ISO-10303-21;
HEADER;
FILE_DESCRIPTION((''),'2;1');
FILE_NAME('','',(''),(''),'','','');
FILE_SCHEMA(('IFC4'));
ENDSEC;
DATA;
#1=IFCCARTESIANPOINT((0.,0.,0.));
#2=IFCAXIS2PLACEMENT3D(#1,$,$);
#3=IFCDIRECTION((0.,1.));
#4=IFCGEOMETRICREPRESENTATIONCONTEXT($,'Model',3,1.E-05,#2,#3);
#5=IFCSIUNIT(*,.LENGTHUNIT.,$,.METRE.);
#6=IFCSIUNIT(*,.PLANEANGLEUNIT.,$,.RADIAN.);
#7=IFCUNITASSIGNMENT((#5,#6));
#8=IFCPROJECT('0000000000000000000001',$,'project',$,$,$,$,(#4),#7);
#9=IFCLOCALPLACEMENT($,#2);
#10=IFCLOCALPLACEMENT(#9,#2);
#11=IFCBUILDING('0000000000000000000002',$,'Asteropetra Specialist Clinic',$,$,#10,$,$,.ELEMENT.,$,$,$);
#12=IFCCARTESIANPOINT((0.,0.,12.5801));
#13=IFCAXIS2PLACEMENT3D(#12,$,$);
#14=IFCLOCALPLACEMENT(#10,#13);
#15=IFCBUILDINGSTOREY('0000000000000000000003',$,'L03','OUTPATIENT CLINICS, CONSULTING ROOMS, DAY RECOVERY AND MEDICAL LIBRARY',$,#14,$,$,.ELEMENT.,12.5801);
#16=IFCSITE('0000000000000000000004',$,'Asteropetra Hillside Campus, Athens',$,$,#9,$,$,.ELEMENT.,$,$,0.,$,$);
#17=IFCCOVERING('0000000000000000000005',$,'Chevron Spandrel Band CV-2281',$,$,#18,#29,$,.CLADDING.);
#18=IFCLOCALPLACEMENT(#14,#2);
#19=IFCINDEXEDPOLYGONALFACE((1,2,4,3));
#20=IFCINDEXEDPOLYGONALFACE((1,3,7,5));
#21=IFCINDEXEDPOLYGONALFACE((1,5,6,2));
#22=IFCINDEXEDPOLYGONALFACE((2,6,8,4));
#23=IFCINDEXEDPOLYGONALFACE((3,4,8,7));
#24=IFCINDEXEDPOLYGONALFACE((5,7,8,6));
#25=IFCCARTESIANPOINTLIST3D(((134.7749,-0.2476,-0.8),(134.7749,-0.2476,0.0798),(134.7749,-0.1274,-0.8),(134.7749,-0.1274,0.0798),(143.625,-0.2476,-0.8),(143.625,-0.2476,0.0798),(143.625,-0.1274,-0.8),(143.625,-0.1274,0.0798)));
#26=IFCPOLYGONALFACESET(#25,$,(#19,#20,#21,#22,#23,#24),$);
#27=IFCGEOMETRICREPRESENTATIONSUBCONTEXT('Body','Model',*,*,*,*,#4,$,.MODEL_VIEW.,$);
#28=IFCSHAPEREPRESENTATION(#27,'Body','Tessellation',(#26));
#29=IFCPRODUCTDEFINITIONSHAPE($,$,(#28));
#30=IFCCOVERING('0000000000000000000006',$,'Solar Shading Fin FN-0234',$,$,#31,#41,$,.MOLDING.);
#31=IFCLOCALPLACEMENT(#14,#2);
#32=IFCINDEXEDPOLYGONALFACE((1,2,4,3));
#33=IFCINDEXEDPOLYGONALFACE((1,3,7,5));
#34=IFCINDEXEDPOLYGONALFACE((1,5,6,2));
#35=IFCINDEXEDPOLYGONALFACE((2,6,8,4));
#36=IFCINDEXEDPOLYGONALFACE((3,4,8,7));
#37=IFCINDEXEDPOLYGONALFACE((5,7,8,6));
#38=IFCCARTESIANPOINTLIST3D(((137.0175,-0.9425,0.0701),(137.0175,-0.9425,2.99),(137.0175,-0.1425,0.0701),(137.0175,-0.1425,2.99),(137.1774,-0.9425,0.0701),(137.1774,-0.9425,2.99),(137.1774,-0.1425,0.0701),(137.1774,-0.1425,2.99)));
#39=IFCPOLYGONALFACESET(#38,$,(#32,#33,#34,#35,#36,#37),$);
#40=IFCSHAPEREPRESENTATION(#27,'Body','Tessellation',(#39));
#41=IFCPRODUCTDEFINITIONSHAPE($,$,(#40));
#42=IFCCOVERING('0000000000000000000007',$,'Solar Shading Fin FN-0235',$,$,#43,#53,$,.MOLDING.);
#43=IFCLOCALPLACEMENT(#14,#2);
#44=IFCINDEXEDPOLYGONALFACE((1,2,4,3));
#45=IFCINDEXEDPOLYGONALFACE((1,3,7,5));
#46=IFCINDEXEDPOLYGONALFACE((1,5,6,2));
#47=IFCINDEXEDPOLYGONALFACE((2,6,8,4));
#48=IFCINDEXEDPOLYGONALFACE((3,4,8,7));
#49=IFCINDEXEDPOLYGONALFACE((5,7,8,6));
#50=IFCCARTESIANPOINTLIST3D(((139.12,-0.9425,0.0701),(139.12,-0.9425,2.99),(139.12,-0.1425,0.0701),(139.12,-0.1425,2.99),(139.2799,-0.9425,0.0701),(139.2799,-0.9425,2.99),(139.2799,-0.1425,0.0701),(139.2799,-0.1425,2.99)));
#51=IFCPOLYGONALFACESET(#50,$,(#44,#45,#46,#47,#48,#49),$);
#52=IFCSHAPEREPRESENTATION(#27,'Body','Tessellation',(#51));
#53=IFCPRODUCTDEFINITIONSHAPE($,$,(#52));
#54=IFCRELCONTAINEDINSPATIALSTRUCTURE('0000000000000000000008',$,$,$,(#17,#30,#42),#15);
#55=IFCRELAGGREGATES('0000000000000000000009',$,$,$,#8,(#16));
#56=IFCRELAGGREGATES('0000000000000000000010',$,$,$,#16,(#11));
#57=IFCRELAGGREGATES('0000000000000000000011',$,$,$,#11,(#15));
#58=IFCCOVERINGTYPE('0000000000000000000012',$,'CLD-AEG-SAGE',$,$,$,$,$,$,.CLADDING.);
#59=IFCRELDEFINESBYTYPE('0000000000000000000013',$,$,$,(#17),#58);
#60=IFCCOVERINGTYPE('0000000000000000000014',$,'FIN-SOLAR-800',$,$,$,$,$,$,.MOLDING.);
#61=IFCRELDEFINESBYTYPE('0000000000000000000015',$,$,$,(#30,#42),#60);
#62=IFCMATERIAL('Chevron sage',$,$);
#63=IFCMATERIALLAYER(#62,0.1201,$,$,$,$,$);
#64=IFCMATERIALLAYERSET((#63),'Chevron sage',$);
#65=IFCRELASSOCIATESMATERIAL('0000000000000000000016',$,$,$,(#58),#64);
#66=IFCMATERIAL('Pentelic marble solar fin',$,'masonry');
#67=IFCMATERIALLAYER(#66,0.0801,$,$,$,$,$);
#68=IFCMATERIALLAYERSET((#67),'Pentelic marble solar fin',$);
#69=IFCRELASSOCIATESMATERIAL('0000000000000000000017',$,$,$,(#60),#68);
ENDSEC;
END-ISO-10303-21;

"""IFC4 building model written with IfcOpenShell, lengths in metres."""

from ifc_helpers import new_model, si_unit, direction, frame, origin, origin_2d, place, context, subcontext, project, spatial, rectangle, extrude, material, layer, layer_set, type_object, element, save


model = new_model("IFC4")

# Units and contexts
model_context = context("Model", 3, precision=1e-05, world=origin(), true_north=direction((0.0, 1.0)))
body_context = subcontext(model_context, "Body", "Model", "MODEL_VIEW")
ifc_project = project(units=[si_unit("LENGTHUNIT", "METRE"), si_unit("PLANEANGLEUNIT", "RADIAN")], contexts=[model_context])

# Site, building, storey
site_placement = place(None, origin())
site = spatial("IfcSite", under=ifc_project, at=site_placement, Name="Asteropetra Hillside Campus, Athens", CompositionType="ELEMENT", RefElevation=0.0)
building_placement = place(site_placement, origin())
building = spatial("IfcBuilding", under=site, at=building_placement, Name="Asteropetra Specialist Clinic", CompositionType="ELEMENT")
storey_placement = place(building_placement, frame((0.0, 0.0, 12.5801)))
storey = spatial("IfcBuildingStorey", under=building, at=storey_placement, Name="L03", Description="OUTPATIENT CLINICS, CONSULTING ROOMS, DAY RECOVERY AND MEDICAL LIBRARY", CompositionType="ELEMENT", Elevation=12.5801)

# Coverings
ifc_material_1 = material(Name="Chevron sage")
ifc_layer_1 = layer(ifc_material_1, 0.1201)
ifc_layer_set_1 = layer_set([ifc_layer_1], Name="Chevron sage")
covering_type_1 = type_object("IfcCoveringType", Name="CLD-AEG-SAGE", PredefinedType="CLADDING", material=ifc_layer_set_1)
covering_placement = place(storey_placement, frame((139.2, -0.1875, -0.8), z_axis=(0.0, 0.0, 1.0), x_axis=(1.0, 0.0, 0.0)))
element("IfcCovering", 1, at=covering_placement, inside=storey, type_object=covering_type_1, Name="Chevron Spandrel Band CV-2281", PredefinedType="CLADDING", context=body_context, shape_type="SweptSolid", body=[
    extrude(rectangle(XDim=8.8501, YDim=0.1201, at=origin_2d()), origin(), (0.0, 0.0, 1.0), 0.8799),
])
ifc_material_2 = material(Name="Pentelic marble solar fin", Category="masonry")
ifc_layer_2 = layer(ifc_material_2, 0.0801)
ifc_layer_set_2 = layer_set([ifc_layer_2], Name="Pentelic marble solar fin")
covering_type_2 = type_object("IfcCoveringType", Name="FIN-SOLAR-800", PredefinedType="MOLDING", material=ifc_layer_set_2)
for number, where, z_axis, x_axis, name in (
    (2, (137.0974, -0.5425, 0.0701), (0.0, 0.0, 1.0), (1.0, 0.0, 0.0), "Solar Shading Fin FN-0234"),
    (3, (139.2, -0.5425, 0.0701), (0.0, 0.0, 1.0), (1.0, 0.0, 0.0), "Solar Shading Fin FN-0235"),
):
    element("IfcCovering", number, at=place(storey_placement, frame(where, z_axis=z_axis, x_axis=x_axis)), inside=storey, type_object=covering_type_2, Name=name, PredefinedType="MOLDING", context=body_context, shape_type="SweptSolid", body=[
        extrude(rectangle(XDim=0.1599, YDim=0.8, at=origin_2d()), origin(), (0.0, 0.0, 1.0), 2.9199),
    ])

save(model, "model.ifc")
